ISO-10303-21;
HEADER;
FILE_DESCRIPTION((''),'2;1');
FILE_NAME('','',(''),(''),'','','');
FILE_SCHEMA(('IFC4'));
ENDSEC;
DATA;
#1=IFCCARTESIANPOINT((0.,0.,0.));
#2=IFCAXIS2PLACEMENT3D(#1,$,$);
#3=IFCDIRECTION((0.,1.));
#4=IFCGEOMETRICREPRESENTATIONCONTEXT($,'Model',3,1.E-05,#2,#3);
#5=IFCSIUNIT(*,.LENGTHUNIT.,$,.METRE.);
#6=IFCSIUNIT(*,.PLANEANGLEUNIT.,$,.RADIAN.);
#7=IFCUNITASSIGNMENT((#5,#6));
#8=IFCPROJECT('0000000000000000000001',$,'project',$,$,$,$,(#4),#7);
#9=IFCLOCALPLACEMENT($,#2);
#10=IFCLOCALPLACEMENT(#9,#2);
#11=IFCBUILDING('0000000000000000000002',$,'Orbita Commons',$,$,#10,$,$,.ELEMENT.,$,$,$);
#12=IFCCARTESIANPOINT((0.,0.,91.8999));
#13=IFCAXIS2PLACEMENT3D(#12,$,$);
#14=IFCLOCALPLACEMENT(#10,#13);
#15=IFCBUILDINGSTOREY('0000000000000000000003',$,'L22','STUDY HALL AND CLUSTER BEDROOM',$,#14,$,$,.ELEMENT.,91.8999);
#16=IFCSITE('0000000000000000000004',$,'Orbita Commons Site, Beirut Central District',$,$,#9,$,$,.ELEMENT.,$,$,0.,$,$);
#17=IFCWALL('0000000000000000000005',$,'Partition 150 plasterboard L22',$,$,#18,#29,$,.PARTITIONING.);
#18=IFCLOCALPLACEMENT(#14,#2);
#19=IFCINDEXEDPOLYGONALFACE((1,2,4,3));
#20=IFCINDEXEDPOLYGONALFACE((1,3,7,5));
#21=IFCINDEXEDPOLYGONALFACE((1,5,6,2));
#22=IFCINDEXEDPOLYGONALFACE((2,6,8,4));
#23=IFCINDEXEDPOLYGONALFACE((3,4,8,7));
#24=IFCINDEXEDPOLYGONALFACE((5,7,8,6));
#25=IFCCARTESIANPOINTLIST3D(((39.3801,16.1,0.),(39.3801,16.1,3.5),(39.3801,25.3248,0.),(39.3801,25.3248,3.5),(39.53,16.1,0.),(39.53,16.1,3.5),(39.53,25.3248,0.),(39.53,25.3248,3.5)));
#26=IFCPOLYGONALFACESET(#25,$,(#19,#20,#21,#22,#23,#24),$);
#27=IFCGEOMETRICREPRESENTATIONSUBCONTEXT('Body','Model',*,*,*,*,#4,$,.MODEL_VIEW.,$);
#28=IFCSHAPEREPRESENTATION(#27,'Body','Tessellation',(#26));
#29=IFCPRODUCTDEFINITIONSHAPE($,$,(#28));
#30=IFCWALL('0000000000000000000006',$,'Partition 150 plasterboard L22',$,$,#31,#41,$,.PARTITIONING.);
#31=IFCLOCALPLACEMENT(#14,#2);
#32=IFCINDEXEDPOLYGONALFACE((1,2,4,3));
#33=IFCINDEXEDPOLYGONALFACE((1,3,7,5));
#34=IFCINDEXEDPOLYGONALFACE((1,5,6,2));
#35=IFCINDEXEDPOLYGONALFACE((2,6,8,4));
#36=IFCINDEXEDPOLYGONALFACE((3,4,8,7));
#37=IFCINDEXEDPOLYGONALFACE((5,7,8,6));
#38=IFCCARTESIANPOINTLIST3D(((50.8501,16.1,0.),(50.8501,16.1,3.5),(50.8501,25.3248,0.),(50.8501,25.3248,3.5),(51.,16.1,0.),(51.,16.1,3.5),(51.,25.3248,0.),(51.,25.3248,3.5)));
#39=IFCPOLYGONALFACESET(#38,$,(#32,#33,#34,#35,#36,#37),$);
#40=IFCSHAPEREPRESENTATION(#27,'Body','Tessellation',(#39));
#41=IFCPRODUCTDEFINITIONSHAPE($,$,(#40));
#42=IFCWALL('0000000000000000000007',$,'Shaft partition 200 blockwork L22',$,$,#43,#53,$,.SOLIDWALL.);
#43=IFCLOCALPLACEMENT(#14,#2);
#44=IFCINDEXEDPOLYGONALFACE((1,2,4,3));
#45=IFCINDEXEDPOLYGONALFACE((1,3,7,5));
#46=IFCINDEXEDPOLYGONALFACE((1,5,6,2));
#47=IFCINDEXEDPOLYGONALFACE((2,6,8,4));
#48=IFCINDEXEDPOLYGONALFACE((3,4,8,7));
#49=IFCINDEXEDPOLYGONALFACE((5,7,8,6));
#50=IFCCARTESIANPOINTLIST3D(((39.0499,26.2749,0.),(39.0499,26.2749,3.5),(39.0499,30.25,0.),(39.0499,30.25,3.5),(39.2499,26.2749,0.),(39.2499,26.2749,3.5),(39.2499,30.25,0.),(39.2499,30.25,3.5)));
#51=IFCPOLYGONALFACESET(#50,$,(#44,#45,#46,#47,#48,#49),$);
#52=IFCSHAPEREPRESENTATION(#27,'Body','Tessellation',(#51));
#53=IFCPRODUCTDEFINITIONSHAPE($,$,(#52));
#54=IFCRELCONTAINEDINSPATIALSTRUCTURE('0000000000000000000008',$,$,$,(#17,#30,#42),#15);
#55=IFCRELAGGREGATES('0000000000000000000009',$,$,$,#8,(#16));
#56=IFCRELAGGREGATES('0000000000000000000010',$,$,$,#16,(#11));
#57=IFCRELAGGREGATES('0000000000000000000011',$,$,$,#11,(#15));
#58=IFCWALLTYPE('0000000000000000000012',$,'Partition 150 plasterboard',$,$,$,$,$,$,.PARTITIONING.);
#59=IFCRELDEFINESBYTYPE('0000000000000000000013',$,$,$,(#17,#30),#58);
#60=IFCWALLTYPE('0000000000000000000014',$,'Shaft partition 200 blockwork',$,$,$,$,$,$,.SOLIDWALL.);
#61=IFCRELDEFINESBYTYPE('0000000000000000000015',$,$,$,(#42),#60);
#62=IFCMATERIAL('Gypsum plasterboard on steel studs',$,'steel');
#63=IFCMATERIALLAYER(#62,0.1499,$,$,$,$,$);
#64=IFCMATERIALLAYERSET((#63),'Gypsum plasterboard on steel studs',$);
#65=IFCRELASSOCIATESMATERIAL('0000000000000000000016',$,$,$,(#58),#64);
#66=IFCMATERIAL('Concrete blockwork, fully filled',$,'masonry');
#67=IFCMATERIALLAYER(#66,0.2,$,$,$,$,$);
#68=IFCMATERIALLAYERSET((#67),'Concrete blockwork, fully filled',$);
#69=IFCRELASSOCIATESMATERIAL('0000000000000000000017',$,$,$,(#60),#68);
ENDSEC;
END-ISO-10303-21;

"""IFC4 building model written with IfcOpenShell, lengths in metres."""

from ifc_helpers import new_model, si_unit, direction, frame, frame_2d, origin, place, context, subcontext, project, spatial, rectangle, extrude, material, layer, layer_set, type_object, element, save


model = new_model("IFC4")

# Units and contexts
model_context = context("Model", 3, precision=1e-05, world=origin(), true_north=direction((0.0, 1.0)))
body_context = subcontext(model_context, "Body", "Model", "MODEL_VIEW")
ifc_project = project(units=[si_unit("LENGTHUNIT", "METRE"), si_unit("PLANEANGLEUNIT", "RADIAN")], contexts=[model_context])

# Site, building, storey
site_placement = place(None, origin())
site = spatial("IfcSite", under=ifc_project, at=site_placement, Name="Orbita Commons Site, Beirut Central District", CompositionType="ELEMENT", RefElevation=0.0)
building_placement = place(site_placement, origin())
building = spatial("IfcBuilding", under=site, at=building_placement, Name="Orbita Commons", CompositionType="ELEMENT")
storey_placement = place(building_placement, frame((0.0, 0.0, 91.8999)))
storey = spatial("IfcBuildingStorey", under=building, at=storey_placement, Name="L22", Description="STUDY HALL AND CLUSTER BEDROOM", CompositionType="ELEMENT", Elevation=91.8999)

# Walls
ifc_material_1 = material(Name="Gypsum plasterboard on steel studs", Category="steel")
ifc_layer_1 = layer(ifc_material_1, 0.1499)
ifc_layer_set_1 = layer_set([ifc_layer_1], Name="Gypsum plasterboard on steel studs")
wall_type_1 = type_object("IfcWallType", Name="Partition 150 plasterboard", PredefinedType="PARTITIONING", material=ifc_layer_set_1)
for number, where, z_axis, x_axis, name in (
    (1, (39.4551, 16.1001, 0.0), (0.0, 0.0, 1.0), (0.0, 1.0, 0.0), "Partition 150 plasterboard L22"),
    (2, (50.925, 16.1001, 0.0), (0.0, 0.0, 1.0), (0.0, 1.0, 0.0), "Partition 150 plasterboard L22"),
):
    element("IfcWall", number, at=place(storey_placement, frame(where, z_axis=z_axis, x_axis=x_axis)), inside=storey, type_object=wall_type_1, Name=name, PredefinedType="PARTITIONING", context=body_context, shape_type="SweptSolid", body=[
        extrude(rectangle(XDim=9.2249, YDim=0.1499, at=frame_2d((4.6123, 0.0))), origin(), (0.0, 0.0, 1.0), 3.5),
    ])
ifc_material_2 = material(Name="Concrete blockwork, fully filled", Category="masonry")
ifc_layer_2 = layer(ifc_material_2, 0.2)
ifc_layer_set_2 = layer_set([ifc_layer_2], Name="Concrete blockwork, fully filled")
wall_type_2 = type_object("IfcWallType", Name="Shaft partition 200 blockwork", PredefinedType="SOLIDWALL", material=ifc_layer_set_2)
wall_1_placement = place(storey_placement, frame((39.1499, 26.2749, 0.0), z_axis=(0.0, 0.0, 1.0), x_axis=(0.0, 1.0, 0.0)))
element("IfcWall", 3, at=wall_1_placement, inside=storey, type_object=wall_type_2, Name="Shaft partition 200 blockwork L22", PredefinedType="SOLIDWALL", context=body_context, shape_type="SweptSolid", body=[
    extrude(rectangle(XDim=3.9751, YDim=0.2, at=frame_2d((1.9875, 0.0))), origin(), (0.0, 0.0, 1.0), 3.5),
])

save(model, "model.ifc")
